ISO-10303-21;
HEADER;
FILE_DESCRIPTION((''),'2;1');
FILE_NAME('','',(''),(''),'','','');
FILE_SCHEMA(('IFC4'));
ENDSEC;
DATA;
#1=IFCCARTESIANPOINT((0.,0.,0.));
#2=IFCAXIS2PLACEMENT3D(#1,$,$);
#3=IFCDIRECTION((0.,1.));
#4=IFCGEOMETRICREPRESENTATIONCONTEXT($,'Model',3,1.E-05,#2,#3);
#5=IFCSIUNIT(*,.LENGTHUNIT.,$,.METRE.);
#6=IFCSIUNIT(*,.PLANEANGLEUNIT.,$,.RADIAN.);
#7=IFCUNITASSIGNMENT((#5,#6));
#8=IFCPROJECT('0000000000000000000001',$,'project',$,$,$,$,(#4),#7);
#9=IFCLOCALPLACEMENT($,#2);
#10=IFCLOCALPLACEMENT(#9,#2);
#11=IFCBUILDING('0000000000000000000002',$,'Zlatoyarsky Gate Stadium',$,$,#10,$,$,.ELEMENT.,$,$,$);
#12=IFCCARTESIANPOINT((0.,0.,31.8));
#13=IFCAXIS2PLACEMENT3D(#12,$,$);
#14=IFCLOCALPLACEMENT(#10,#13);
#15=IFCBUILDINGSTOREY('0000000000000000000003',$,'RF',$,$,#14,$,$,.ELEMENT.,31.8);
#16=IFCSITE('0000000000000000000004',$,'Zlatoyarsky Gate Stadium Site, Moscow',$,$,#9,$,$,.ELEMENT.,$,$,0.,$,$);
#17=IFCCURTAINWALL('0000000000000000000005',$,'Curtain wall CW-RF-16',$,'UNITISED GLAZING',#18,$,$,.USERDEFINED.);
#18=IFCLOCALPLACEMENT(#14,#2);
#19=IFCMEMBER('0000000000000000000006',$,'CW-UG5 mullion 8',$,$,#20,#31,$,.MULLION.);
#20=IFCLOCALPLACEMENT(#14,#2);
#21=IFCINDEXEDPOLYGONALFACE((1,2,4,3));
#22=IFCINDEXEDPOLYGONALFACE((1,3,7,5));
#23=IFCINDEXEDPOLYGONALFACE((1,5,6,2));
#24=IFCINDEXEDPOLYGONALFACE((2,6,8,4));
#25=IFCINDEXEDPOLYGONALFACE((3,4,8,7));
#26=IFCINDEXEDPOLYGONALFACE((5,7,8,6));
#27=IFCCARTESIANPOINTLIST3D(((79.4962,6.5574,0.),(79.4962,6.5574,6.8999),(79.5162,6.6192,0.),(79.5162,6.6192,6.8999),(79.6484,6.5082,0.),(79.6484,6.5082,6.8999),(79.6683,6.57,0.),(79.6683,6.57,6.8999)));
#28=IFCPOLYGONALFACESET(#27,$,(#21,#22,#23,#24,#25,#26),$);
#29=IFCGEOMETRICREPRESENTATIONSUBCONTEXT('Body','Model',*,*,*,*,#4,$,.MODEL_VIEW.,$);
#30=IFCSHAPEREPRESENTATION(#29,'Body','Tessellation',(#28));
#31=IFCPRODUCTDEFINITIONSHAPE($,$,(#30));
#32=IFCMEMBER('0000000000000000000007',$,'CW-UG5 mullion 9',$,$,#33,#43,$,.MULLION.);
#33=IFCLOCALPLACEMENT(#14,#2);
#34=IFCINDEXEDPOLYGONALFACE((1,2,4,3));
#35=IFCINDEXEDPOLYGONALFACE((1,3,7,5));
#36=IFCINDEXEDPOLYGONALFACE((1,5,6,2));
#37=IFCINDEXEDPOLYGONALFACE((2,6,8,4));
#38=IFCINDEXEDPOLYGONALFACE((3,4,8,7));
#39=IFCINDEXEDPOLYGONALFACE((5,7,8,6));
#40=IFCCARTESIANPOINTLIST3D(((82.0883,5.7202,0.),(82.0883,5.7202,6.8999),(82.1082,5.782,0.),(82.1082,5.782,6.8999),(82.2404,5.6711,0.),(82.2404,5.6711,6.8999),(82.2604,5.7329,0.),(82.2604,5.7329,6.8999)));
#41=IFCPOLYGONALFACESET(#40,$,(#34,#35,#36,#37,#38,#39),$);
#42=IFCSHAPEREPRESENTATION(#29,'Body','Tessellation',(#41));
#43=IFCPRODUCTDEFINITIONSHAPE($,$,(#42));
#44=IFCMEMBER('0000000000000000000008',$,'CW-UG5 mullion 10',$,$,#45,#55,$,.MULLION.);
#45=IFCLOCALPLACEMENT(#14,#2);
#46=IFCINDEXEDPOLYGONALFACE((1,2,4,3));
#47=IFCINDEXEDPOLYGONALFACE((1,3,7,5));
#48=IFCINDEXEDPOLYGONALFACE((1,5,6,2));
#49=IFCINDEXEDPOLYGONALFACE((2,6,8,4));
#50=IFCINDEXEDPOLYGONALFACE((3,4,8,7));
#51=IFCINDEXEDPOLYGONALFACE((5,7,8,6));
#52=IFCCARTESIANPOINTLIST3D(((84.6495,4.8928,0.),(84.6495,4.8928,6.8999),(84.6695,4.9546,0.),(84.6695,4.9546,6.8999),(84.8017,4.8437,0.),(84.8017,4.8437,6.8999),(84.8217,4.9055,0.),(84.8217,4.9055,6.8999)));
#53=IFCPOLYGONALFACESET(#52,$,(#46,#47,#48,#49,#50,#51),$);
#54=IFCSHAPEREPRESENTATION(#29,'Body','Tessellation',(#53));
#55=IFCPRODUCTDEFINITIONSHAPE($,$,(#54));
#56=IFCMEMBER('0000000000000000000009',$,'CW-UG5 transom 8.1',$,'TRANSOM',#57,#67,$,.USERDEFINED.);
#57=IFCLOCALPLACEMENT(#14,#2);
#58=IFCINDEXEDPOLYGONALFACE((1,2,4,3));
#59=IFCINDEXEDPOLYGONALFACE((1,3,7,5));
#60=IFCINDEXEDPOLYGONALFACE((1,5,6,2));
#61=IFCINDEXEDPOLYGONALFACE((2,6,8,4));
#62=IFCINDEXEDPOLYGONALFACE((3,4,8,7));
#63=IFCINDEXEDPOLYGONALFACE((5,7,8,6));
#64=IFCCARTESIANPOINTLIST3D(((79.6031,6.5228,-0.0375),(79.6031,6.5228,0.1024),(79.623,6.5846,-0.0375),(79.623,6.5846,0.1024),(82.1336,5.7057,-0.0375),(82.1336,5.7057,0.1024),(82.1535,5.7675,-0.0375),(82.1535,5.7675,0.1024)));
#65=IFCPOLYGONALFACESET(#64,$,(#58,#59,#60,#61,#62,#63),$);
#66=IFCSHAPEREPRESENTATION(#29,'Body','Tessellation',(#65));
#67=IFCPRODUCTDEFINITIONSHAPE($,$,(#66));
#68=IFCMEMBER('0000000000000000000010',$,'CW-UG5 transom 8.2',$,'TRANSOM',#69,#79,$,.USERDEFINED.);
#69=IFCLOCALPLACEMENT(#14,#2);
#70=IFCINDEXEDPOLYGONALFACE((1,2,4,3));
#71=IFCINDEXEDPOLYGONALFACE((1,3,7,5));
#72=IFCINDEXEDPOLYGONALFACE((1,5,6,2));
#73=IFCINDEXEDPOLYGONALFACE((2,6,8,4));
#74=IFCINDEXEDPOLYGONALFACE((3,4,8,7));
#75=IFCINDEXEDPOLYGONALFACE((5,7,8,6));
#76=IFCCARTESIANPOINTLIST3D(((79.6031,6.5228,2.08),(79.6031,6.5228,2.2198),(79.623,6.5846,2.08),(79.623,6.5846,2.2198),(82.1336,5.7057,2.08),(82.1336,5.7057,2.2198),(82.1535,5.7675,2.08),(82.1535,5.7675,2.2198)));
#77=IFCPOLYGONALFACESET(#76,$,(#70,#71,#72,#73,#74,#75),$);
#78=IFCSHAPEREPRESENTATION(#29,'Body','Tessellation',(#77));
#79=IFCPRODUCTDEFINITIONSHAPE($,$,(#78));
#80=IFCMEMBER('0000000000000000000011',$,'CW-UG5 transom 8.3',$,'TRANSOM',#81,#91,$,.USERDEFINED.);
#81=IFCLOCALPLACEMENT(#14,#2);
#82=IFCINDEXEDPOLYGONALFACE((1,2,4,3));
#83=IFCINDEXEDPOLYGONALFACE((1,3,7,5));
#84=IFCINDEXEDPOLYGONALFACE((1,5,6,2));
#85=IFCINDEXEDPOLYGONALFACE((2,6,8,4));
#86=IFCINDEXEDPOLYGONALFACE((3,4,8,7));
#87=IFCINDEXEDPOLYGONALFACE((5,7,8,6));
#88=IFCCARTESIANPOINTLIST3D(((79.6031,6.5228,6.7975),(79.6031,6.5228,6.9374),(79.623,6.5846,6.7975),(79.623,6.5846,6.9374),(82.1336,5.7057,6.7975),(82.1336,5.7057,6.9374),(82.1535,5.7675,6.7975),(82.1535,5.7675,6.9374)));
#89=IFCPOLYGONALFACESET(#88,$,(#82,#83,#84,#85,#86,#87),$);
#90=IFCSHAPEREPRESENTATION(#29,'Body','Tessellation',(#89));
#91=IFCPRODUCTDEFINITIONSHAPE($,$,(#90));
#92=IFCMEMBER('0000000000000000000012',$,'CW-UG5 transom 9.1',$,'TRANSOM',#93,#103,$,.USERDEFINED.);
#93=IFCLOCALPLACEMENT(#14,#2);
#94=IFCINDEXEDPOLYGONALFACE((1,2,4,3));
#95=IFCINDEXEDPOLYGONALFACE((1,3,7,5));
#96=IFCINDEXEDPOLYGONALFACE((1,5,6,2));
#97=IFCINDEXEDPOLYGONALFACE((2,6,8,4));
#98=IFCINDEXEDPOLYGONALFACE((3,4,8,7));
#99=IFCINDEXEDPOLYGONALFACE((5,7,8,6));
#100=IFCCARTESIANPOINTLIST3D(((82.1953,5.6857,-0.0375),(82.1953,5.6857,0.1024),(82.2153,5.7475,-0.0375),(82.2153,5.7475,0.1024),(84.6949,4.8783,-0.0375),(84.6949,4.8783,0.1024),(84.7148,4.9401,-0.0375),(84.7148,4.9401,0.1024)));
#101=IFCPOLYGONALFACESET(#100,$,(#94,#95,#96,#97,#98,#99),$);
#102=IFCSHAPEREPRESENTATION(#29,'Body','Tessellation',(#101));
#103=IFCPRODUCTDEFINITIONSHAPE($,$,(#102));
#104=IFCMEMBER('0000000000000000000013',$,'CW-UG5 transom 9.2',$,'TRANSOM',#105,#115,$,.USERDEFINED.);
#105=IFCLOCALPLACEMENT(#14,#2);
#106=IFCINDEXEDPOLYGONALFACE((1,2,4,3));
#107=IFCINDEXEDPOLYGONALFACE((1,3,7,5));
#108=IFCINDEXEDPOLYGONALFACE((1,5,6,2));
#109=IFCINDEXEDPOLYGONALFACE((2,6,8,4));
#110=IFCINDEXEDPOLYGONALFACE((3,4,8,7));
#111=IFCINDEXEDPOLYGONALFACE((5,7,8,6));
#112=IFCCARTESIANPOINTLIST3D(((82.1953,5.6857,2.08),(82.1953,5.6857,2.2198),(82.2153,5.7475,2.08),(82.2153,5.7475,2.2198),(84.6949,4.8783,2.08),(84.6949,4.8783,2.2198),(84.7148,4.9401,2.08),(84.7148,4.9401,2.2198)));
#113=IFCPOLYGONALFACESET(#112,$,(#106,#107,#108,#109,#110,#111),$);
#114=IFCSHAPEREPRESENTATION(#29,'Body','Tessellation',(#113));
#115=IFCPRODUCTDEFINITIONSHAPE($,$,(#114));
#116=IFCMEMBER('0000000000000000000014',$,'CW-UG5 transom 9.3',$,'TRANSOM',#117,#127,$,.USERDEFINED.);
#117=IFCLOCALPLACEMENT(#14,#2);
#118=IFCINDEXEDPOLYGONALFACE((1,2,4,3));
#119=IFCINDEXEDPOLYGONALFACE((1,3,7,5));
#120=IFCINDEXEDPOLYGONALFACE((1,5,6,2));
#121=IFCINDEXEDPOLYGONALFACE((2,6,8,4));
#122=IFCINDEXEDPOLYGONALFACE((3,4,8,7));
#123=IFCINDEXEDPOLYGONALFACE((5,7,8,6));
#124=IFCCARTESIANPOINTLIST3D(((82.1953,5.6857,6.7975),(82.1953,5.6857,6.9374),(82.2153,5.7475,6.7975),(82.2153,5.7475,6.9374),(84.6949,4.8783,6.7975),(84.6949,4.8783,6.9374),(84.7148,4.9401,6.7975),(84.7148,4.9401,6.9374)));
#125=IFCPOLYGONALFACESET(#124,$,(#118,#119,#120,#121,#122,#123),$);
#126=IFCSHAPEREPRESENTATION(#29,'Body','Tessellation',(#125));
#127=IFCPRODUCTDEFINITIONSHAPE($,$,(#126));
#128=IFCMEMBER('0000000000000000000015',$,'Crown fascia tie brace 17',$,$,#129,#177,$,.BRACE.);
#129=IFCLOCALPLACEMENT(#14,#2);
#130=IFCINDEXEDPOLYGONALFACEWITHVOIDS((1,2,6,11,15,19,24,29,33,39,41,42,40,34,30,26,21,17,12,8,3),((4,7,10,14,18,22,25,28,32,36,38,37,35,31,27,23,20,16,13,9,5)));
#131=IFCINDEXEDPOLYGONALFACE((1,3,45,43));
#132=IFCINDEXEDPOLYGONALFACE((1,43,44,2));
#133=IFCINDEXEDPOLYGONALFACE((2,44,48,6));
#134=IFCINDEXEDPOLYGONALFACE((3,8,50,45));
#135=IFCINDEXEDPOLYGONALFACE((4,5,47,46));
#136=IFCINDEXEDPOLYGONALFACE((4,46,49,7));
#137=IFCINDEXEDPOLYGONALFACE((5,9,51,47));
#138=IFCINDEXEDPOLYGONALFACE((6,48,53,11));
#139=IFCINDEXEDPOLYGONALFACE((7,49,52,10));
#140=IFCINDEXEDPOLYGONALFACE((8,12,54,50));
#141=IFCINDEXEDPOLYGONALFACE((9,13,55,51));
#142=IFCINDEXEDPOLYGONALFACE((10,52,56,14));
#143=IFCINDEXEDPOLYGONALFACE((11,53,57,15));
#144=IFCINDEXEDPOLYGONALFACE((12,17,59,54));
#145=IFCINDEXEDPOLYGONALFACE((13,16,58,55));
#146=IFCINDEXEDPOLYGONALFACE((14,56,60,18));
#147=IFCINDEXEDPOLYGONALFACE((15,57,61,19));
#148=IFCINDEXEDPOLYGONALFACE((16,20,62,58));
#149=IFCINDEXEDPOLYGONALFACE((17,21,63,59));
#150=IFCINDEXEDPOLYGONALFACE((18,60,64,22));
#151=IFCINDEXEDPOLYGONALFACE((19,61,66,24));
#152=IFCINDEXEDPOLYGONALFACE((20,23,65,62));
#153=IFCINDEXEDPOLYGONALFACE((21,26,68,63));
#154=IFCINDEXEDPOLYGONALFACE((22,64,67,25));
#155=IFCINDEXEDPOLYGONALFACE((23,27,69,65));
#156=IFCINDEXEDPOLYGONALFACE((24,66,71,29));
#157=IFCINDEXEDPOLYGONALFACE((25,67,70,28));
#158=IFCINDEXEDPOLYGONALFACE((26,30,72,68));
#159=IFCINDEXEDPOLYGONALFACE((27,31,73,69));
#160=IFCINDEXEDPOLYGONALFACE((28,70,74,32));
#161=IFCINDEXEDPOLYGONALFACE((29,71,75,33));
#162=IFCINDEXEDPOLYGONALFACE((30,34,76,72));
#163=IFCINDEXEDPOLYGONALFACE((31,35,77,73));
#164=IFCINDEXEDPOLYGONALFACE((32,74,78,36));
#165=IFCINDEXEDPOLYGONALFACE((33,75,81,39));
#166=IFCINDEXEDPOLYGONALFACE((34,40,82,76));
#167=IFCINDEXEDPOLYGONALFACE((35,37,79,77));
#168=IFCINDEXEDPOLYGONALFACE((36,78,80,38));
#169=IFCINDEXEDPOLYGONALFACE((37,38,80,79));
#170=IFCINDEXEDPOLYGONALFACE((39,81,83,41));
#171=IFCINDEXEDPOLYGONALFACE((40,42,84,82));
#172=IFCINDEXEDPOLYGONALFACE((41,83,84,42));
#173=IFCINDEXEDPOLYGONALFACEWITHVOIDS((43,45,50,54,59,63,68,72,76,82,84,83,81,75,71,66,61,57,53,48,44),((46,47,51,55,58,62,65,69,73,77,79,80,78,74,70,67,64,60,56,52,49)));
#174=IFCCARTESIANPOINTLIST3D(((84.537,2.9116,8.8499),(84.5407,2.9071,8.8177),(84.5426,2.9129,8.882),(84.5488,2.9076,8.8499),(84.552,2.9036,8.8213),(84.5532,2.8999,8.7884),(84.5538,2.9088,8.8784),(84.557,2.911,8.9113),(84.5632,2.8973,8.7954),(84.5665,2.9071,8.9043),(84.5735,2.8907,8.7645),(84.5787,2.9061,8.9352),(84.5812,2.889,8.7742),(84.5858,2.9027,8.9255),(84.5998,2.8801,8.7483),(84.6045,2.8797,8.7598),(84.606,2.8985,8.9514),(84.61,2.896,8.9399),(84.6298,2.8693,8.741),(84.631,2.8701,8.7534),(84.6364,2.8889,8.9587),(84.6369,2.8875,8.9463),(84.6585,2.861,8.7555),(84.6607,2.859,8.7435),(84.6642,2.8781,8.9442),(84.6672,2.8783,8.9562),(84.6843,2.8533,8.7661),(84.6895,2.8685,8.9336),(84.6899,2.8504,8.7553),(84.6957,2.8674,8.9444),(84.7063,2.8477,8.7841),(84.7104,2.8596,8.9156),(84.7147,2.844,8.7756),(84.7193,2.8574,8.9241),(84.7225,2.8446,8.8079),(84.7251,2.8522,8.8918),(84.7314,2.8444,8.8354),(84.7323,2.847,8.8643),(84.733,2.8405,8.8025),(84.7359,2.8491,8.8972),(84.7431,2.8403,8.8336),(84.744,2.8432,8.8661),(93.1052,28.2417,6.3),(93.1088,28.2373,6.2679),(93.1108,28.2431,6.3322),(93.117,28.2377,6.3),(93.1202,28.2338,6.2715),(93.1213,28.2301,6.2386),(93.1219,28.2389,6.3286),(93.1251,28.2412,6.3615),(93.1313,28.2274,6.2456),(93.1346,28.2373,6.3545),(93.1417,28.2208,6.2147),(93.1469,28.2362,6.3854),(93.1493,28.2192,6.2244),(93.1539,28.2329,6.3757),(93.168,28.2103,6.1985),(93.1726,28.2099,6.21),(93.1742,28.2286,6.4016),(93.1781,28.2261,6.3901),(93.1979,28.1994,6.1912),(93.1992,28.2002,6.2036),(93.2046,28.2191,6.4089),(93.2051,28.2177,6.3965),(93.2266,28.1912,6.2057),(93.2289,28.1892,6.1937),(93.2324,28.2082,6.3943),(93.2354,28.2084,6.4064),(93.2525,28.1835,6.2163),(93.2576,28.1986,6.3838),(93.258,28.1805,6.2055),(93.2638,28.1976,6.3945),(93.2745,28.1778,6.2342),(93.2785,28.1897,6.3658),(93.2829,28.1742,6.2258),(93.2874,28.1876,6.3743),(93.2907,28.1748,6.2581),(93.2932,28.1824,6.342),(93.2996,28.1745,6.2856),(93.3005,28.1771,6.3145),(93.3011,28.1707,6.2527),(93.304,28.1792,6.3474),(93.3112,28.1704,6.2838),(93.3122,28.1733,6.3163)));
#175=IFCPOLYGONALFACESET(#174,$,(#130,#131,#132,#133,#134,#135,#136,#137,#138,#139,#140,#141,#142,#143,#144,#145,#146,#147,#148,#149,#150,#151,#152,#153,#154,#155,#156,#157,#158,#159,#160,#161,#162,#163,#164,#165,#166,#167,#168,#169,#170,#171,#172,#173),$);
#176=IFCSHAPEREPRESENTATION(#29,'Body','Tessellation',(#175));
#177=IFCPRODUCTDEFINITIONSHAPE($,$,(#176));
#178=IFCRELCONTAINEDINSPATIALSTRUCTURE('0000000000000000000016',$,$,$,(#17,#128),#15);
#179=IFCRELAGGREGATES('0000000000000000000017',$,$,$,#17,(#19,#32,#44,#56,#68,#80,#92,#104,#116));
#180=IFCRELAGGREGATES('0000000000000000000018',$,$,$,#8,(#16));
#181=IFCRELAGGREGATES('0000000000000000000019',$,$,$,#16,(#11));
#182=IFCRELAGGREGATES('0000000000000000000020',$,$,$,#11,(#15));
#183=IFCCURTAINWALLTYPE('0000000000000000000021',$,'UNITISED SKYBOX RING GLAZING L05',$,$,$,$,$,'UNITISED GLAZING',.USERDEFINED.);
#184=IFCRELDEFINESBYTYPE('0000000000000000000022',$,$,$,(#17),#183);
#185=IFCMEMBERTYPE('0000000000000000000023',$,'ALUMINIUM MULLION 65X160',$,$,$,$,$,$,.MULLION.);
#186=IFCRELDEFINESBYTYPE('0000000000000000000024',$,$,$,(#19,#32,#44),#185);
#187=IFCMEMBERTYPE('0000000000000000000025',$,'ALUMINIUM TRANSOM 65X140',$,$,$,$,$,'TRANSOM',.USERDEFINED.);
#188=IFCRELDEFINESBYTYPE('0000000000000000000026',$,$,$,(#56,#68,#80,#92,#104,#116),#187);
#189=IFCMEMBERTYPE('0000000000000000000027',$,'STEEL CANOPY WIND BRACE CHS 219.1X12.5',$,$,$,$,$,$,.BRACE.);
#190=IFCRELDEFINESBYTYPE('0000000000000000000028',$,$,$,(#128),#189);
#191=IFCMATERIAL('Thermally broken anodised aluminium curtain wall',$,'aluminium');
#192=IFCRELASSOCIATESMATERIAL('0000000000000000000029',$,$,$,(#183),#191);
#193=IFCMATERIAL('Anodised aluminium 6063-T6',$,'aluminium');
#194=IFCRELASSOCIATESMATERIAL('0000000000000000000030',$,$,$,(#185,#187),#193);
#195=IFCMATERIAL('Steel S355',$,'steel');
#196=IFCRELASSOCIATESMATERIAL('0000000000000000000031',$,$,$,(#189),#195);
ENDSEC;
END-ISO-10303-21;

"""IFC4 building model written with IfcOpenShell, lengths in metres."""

from ifc_helpers import new_model, si_unit, direction, frame, origin, origin_2d, place, context, subcontext, project, spatial, rectangle, hollow_circle, extrude, material, material_profile, profile_set, type_object, element, aggregate, save


model = new_model("IFC4")

# Units and contexts
model_context = context("Model", 3, precision=1e-05, world=origin(), true_north=direction((0.0, 1.0)))
body_context = subcontext(model_context, "Body", "Model", "MODEL_VIEW")
ifc_project = project(units=[si_unit("LENGTHUNIT", "METRE"), si_unit("PLANEANGLEUNIT", "RADIAN")], contexts=[model_context])

# Site, building, storey
site_placement = place(None, origin())
site = spatial("IfcSite", under=ifc_project, at=site_placement, Name="Zlatoyarsky Gate Stadium Site, Moscow", CompositionType="ELEMENT", RefElevation=0.0)
building_placement = place(site_placement, origin())
building = spatial("IfcBuilding", under=site, at=building_placement, Name="Zlatoyarsky Gate Stadium", CompositionType="ELEMENT")
storey_placement = place(building_placement, frame((0.0, 0.0, 31.8)))
storey = spatial("IfcBuildingStorey", under=building, at=storey_placement, Name="RF", CompositionType="ELEMENT", Elevation=31.8)

# Curtain wall, members
ifc_material_1 = material(Name="Thermally broken anodised aluminium curtain wall", Category="aluminium")
curtain_wall_type = type_object("IfcCurtainWallType", Name="UNITISED SKYBOX RING GLAZING L05", ElementType="UNITISED GLAZING", PredefinedType="USERDEFINED", material=ifc_material_1)
curtain_wall_placement = place(storey_placement, origin())
curtain_wall = element("IfcCurtainWall", 1, at=curtain_wall_placement, inside=storey, type_object=curtain_wall_type, Name="Curtain wall CW-RF-16", ObjectType="UNITISED GLAZING", PredefinedType="USERDEFINED")
ifc_material_2 = material(Name="Anodised aluminium 6063-T6", Category="aluminium")
ifc_material_profile_1 = material_profile(ifc_material_2, rectangle(XDim=0.0649, YDim=0.1599, at=origin_2d()), Name="ALU 65X160")
ifc_profile_set_1 = profile_set([ifc_material_profile_1], Name="Anodised aluminium 6063-T6")
member_type_1 = type_object("IfcMemberType", Name="ALUMINIUM MULLION 65X160", PredefinedType="MULLION", material=ifc_profile_set_1)
member_1_placement = place(storey_placement, frame((79.5823, 6.5637, 0.0), z_axis=(0.0, 0.0, 1.0), x_axis=(0.307352, 0.951596, 0.0)))
member_1 = element("IfcMember", 2, at=member_1_placement, type_object=member_type_1, Name="CW-UG5 mullion 8", PredefinedType="MULLION", context=body_context, shape_type="SweptSolid", body=[
    extrude(rectangle(XDim=0.0649, YDim=0.1599, at=origin_2d()), origin(), (0.0, 0.0, 1.0), 6.8999),
])
member_2_placement = place(storey_placement, frame((82.1743, 5.7266, 0.0), z_axis=(0.0, 0.0, 1.0), x_axis=(0.307352, 0.951596, 0.0)))
member_2 = element("IfcMember", 3, at=member_2_placement, type_object=member_type_1, Name="CW-UG5 mullion 9", PredefinedType="MULLION", context=body_context, shape_type="SweptSolid", body=[
    extrude(rectangle(XDim=0.0649, YDim=0.1599, at=origin_2d()), origin(), (0.0, 0.0, 1.0), 6.8999),
])
member_3_placement = place(storey_placement, frame((84.7356, 4.8992, 0.0), z_axis=(0.0, 0.0, 1.0), x_axis=(0.307352, 0.951596, 0.0)))
member_3 = element("IfcMember", 4, at=member_3_placement, type_object=member_type_1, Name="CW-UG5 mullion 10", PredefinedType="MULLION", context=body_context, shape_type="SweptSolid", body=[
    extrude(rectangle(XDim=0.0649, YDim=0.1599, at=origin_2d()), origin(), (0.0, 0.0, 1.0), 6.8999),
])
ifc_material_profile_2 = material_profile(ifc_material_2, rectangle(XDim=0.0649, YDim=0.1399, at=origin_2d()), Name="ALU 65X140")
ifc_profile_set_2 = profile_set([ifc_material_profile_2], Name="Anodised aluminium 6063-T6")
member_type_2 = type_object("IfcMemberType", Name="ALUMINIUM TRANSOM 65X140", ElementType="TRANSOM", PredefinedType="USERDEFINED", material=ifc_profile_set_2)
member_4_placement = place(storey_placement, frame((79.613, 6.5537, 0.0325), z_axis=(0.951616, -0.30729, 0.0), x_axis=(0.30729, 0.951616, 0.0)))
member_4 = element("IfcMember", 5, at=member_4_placement, type_object=member_type_2, Name="CW-UG5 transom 8.1", ObjectType="TRANSOM", PredefinedType="USERDEFINED", context=body_context, shape_type="SweptSolid", body=[
    extrude(rectangle(XDim=0.0649, YDim=0.1399, at=origin_2d()), origin(), (0.0, 0.0, 1.0), 2.6592),
])
member_5_placement = place(storey_placement, frame((79.613, 6.5537, 2.1499), z_axis=(0.951616, -0.30729, 0.0), x_axis=(0.30729, 0.951616, 0.0)))
member_5 = element("IfcMember", 6, at=member_5_placement, type_object=member_type_2, Name="CW-UG5 transom 8.2", ObjectType="TRANSOM", PredefinedType="USERDEFINED", context=body_context, shape_type="SweptSolid", body=[
    extrude(rectangle(XDim=0.0649, YDim=0.1399, at=origin_2d()), origin(), (0.0, 0.0, 1.0), 2.6592),
])
member_6_placement = place(storey_placement, frame((79.613, 6.5537, 6.8674), z_axis=(0.951616, -0.30729, 0.0), x_axis=(0.30729, 0.951616, 0.0)))
member_6 = element("IfcMember", 7, at=member_6_placement, type_object=member_type_2, Name="CW-UG5 transom 8.3", ObjectType="TRANSOM", PredefinedType="USERDEFINED", context=body_context, shape_type="SweptSolid", body=[
    extrude(rectangle(XDim=0.0649, YDim=0.1399, at=origin_2d()), origin(), (0.0, 0.0, 1.0), 2.6592),
])
member_7_placement = place(storey_placement, frame((82.2053, 5.7166, 0.0325), z_axis=(0.951589, -0.307375, 0.0), x_axis=(0.307375, 0.951589, 0.0)))
member_7 = element("IfcMember", 8, at=member_7_placement, type_object=member_type_2, Name="CW-UG5 transom 9.1", ObjectType="TRANSOM", PredefinedType="USERDEFINED", context=body_context, shape_type="SweptSolid", body=[
    extrude(rectangle(XDim=0.0649, YDim=0.1399, at=origin_2d()), origin(), (0.0, 0.0, 1.0), 2.6267),
])
member_8_placement = place(storey_placement, frame((82.2053, 5.7166, 2.1499), z_axis=(0.951589, -0.307375, 0.0), x_axis=(0.307375, 0.951589, 0.0)))
member_8 = element("IfcMember", 9, at=member_8_placement, type_object=member_type_2, Name="CW-UG5 transom 9.2", ObjectType="TRANSOM", PredefinedType="USERDEFINED", context=body_context, shape_type="SweptSolid", body=[
    extrude(rectangle(XDim=0.0649, YDim=0.1399, at=origin_2d()), origin(), (0.0, 0.0, 1.0), 2.6267),
])
member_9_placement = place(storey_placement, frame((82.2053, 5.7166, 6.8674), z_axis=(0.951589, -0.307375, 0.0), x_axis=(0.307375, 0.951589, 0.0)))
member_9 = element("IfcMember", 10, at=member_9_placement, type_object=member_type_2, Name="CW-UG5 transom 9.3", ObjectType="TRANSOM", PredefinedType="USERDEFINED", context=body_context, shape_type="SweptSolid", body=[
    extrude(rectangle(XDim=0.0649, YDim=0.1399, at=origin_2d()), origin(), (0.0, 0.0, 1.0), 2.6267),
])

# Member
ifc_material_3 = material(Name="Steel S355", Category="steel")
ifc_material_profile_3 = material_profile(ifc_material_3, hollow_circle(Radius=0.1096, WallThickness=0.0125, at=origin_2d()), Name="CHS 219.1X12.5")
ifc_profile_set_3 = profile_set([ifc_material_profile_3], Name="Steel S355")
member_type_3 = type_object("IfcMemberType", Name="STEEL CANOPY WIND BRACE CHS 219.1X12.5", PredefinedType="BRACE", material=ifc_profile_set_3)
member_10_placement = place(storey_placement, frame((84.6409, 2.8765, 8.8499), z_axis=(0.318977, 0.942997, -0.094925), x_axis=(-0.947274, 0.320424, 0.0)))
element("IfcMember", 11, at=member_10_placement, inside=storey, type_object=member_type_3, Name="Crown fascia tie brace 17", PredefinedType="BRACE", context=body_context, shape_type="SweptSolid", body=[
    extrude(hollow_circle(Radius=0.1096, WallThickness=0.0125, at=origin_2d()), origin(), (0.0, 0.0, 1.0), 26.8613),
])

aggregate(curtain_wall, [member_1, member_2, member_3, member_4, member_5, member_6, member_7, member_8, member_9])

save(model, "model.ifc")
